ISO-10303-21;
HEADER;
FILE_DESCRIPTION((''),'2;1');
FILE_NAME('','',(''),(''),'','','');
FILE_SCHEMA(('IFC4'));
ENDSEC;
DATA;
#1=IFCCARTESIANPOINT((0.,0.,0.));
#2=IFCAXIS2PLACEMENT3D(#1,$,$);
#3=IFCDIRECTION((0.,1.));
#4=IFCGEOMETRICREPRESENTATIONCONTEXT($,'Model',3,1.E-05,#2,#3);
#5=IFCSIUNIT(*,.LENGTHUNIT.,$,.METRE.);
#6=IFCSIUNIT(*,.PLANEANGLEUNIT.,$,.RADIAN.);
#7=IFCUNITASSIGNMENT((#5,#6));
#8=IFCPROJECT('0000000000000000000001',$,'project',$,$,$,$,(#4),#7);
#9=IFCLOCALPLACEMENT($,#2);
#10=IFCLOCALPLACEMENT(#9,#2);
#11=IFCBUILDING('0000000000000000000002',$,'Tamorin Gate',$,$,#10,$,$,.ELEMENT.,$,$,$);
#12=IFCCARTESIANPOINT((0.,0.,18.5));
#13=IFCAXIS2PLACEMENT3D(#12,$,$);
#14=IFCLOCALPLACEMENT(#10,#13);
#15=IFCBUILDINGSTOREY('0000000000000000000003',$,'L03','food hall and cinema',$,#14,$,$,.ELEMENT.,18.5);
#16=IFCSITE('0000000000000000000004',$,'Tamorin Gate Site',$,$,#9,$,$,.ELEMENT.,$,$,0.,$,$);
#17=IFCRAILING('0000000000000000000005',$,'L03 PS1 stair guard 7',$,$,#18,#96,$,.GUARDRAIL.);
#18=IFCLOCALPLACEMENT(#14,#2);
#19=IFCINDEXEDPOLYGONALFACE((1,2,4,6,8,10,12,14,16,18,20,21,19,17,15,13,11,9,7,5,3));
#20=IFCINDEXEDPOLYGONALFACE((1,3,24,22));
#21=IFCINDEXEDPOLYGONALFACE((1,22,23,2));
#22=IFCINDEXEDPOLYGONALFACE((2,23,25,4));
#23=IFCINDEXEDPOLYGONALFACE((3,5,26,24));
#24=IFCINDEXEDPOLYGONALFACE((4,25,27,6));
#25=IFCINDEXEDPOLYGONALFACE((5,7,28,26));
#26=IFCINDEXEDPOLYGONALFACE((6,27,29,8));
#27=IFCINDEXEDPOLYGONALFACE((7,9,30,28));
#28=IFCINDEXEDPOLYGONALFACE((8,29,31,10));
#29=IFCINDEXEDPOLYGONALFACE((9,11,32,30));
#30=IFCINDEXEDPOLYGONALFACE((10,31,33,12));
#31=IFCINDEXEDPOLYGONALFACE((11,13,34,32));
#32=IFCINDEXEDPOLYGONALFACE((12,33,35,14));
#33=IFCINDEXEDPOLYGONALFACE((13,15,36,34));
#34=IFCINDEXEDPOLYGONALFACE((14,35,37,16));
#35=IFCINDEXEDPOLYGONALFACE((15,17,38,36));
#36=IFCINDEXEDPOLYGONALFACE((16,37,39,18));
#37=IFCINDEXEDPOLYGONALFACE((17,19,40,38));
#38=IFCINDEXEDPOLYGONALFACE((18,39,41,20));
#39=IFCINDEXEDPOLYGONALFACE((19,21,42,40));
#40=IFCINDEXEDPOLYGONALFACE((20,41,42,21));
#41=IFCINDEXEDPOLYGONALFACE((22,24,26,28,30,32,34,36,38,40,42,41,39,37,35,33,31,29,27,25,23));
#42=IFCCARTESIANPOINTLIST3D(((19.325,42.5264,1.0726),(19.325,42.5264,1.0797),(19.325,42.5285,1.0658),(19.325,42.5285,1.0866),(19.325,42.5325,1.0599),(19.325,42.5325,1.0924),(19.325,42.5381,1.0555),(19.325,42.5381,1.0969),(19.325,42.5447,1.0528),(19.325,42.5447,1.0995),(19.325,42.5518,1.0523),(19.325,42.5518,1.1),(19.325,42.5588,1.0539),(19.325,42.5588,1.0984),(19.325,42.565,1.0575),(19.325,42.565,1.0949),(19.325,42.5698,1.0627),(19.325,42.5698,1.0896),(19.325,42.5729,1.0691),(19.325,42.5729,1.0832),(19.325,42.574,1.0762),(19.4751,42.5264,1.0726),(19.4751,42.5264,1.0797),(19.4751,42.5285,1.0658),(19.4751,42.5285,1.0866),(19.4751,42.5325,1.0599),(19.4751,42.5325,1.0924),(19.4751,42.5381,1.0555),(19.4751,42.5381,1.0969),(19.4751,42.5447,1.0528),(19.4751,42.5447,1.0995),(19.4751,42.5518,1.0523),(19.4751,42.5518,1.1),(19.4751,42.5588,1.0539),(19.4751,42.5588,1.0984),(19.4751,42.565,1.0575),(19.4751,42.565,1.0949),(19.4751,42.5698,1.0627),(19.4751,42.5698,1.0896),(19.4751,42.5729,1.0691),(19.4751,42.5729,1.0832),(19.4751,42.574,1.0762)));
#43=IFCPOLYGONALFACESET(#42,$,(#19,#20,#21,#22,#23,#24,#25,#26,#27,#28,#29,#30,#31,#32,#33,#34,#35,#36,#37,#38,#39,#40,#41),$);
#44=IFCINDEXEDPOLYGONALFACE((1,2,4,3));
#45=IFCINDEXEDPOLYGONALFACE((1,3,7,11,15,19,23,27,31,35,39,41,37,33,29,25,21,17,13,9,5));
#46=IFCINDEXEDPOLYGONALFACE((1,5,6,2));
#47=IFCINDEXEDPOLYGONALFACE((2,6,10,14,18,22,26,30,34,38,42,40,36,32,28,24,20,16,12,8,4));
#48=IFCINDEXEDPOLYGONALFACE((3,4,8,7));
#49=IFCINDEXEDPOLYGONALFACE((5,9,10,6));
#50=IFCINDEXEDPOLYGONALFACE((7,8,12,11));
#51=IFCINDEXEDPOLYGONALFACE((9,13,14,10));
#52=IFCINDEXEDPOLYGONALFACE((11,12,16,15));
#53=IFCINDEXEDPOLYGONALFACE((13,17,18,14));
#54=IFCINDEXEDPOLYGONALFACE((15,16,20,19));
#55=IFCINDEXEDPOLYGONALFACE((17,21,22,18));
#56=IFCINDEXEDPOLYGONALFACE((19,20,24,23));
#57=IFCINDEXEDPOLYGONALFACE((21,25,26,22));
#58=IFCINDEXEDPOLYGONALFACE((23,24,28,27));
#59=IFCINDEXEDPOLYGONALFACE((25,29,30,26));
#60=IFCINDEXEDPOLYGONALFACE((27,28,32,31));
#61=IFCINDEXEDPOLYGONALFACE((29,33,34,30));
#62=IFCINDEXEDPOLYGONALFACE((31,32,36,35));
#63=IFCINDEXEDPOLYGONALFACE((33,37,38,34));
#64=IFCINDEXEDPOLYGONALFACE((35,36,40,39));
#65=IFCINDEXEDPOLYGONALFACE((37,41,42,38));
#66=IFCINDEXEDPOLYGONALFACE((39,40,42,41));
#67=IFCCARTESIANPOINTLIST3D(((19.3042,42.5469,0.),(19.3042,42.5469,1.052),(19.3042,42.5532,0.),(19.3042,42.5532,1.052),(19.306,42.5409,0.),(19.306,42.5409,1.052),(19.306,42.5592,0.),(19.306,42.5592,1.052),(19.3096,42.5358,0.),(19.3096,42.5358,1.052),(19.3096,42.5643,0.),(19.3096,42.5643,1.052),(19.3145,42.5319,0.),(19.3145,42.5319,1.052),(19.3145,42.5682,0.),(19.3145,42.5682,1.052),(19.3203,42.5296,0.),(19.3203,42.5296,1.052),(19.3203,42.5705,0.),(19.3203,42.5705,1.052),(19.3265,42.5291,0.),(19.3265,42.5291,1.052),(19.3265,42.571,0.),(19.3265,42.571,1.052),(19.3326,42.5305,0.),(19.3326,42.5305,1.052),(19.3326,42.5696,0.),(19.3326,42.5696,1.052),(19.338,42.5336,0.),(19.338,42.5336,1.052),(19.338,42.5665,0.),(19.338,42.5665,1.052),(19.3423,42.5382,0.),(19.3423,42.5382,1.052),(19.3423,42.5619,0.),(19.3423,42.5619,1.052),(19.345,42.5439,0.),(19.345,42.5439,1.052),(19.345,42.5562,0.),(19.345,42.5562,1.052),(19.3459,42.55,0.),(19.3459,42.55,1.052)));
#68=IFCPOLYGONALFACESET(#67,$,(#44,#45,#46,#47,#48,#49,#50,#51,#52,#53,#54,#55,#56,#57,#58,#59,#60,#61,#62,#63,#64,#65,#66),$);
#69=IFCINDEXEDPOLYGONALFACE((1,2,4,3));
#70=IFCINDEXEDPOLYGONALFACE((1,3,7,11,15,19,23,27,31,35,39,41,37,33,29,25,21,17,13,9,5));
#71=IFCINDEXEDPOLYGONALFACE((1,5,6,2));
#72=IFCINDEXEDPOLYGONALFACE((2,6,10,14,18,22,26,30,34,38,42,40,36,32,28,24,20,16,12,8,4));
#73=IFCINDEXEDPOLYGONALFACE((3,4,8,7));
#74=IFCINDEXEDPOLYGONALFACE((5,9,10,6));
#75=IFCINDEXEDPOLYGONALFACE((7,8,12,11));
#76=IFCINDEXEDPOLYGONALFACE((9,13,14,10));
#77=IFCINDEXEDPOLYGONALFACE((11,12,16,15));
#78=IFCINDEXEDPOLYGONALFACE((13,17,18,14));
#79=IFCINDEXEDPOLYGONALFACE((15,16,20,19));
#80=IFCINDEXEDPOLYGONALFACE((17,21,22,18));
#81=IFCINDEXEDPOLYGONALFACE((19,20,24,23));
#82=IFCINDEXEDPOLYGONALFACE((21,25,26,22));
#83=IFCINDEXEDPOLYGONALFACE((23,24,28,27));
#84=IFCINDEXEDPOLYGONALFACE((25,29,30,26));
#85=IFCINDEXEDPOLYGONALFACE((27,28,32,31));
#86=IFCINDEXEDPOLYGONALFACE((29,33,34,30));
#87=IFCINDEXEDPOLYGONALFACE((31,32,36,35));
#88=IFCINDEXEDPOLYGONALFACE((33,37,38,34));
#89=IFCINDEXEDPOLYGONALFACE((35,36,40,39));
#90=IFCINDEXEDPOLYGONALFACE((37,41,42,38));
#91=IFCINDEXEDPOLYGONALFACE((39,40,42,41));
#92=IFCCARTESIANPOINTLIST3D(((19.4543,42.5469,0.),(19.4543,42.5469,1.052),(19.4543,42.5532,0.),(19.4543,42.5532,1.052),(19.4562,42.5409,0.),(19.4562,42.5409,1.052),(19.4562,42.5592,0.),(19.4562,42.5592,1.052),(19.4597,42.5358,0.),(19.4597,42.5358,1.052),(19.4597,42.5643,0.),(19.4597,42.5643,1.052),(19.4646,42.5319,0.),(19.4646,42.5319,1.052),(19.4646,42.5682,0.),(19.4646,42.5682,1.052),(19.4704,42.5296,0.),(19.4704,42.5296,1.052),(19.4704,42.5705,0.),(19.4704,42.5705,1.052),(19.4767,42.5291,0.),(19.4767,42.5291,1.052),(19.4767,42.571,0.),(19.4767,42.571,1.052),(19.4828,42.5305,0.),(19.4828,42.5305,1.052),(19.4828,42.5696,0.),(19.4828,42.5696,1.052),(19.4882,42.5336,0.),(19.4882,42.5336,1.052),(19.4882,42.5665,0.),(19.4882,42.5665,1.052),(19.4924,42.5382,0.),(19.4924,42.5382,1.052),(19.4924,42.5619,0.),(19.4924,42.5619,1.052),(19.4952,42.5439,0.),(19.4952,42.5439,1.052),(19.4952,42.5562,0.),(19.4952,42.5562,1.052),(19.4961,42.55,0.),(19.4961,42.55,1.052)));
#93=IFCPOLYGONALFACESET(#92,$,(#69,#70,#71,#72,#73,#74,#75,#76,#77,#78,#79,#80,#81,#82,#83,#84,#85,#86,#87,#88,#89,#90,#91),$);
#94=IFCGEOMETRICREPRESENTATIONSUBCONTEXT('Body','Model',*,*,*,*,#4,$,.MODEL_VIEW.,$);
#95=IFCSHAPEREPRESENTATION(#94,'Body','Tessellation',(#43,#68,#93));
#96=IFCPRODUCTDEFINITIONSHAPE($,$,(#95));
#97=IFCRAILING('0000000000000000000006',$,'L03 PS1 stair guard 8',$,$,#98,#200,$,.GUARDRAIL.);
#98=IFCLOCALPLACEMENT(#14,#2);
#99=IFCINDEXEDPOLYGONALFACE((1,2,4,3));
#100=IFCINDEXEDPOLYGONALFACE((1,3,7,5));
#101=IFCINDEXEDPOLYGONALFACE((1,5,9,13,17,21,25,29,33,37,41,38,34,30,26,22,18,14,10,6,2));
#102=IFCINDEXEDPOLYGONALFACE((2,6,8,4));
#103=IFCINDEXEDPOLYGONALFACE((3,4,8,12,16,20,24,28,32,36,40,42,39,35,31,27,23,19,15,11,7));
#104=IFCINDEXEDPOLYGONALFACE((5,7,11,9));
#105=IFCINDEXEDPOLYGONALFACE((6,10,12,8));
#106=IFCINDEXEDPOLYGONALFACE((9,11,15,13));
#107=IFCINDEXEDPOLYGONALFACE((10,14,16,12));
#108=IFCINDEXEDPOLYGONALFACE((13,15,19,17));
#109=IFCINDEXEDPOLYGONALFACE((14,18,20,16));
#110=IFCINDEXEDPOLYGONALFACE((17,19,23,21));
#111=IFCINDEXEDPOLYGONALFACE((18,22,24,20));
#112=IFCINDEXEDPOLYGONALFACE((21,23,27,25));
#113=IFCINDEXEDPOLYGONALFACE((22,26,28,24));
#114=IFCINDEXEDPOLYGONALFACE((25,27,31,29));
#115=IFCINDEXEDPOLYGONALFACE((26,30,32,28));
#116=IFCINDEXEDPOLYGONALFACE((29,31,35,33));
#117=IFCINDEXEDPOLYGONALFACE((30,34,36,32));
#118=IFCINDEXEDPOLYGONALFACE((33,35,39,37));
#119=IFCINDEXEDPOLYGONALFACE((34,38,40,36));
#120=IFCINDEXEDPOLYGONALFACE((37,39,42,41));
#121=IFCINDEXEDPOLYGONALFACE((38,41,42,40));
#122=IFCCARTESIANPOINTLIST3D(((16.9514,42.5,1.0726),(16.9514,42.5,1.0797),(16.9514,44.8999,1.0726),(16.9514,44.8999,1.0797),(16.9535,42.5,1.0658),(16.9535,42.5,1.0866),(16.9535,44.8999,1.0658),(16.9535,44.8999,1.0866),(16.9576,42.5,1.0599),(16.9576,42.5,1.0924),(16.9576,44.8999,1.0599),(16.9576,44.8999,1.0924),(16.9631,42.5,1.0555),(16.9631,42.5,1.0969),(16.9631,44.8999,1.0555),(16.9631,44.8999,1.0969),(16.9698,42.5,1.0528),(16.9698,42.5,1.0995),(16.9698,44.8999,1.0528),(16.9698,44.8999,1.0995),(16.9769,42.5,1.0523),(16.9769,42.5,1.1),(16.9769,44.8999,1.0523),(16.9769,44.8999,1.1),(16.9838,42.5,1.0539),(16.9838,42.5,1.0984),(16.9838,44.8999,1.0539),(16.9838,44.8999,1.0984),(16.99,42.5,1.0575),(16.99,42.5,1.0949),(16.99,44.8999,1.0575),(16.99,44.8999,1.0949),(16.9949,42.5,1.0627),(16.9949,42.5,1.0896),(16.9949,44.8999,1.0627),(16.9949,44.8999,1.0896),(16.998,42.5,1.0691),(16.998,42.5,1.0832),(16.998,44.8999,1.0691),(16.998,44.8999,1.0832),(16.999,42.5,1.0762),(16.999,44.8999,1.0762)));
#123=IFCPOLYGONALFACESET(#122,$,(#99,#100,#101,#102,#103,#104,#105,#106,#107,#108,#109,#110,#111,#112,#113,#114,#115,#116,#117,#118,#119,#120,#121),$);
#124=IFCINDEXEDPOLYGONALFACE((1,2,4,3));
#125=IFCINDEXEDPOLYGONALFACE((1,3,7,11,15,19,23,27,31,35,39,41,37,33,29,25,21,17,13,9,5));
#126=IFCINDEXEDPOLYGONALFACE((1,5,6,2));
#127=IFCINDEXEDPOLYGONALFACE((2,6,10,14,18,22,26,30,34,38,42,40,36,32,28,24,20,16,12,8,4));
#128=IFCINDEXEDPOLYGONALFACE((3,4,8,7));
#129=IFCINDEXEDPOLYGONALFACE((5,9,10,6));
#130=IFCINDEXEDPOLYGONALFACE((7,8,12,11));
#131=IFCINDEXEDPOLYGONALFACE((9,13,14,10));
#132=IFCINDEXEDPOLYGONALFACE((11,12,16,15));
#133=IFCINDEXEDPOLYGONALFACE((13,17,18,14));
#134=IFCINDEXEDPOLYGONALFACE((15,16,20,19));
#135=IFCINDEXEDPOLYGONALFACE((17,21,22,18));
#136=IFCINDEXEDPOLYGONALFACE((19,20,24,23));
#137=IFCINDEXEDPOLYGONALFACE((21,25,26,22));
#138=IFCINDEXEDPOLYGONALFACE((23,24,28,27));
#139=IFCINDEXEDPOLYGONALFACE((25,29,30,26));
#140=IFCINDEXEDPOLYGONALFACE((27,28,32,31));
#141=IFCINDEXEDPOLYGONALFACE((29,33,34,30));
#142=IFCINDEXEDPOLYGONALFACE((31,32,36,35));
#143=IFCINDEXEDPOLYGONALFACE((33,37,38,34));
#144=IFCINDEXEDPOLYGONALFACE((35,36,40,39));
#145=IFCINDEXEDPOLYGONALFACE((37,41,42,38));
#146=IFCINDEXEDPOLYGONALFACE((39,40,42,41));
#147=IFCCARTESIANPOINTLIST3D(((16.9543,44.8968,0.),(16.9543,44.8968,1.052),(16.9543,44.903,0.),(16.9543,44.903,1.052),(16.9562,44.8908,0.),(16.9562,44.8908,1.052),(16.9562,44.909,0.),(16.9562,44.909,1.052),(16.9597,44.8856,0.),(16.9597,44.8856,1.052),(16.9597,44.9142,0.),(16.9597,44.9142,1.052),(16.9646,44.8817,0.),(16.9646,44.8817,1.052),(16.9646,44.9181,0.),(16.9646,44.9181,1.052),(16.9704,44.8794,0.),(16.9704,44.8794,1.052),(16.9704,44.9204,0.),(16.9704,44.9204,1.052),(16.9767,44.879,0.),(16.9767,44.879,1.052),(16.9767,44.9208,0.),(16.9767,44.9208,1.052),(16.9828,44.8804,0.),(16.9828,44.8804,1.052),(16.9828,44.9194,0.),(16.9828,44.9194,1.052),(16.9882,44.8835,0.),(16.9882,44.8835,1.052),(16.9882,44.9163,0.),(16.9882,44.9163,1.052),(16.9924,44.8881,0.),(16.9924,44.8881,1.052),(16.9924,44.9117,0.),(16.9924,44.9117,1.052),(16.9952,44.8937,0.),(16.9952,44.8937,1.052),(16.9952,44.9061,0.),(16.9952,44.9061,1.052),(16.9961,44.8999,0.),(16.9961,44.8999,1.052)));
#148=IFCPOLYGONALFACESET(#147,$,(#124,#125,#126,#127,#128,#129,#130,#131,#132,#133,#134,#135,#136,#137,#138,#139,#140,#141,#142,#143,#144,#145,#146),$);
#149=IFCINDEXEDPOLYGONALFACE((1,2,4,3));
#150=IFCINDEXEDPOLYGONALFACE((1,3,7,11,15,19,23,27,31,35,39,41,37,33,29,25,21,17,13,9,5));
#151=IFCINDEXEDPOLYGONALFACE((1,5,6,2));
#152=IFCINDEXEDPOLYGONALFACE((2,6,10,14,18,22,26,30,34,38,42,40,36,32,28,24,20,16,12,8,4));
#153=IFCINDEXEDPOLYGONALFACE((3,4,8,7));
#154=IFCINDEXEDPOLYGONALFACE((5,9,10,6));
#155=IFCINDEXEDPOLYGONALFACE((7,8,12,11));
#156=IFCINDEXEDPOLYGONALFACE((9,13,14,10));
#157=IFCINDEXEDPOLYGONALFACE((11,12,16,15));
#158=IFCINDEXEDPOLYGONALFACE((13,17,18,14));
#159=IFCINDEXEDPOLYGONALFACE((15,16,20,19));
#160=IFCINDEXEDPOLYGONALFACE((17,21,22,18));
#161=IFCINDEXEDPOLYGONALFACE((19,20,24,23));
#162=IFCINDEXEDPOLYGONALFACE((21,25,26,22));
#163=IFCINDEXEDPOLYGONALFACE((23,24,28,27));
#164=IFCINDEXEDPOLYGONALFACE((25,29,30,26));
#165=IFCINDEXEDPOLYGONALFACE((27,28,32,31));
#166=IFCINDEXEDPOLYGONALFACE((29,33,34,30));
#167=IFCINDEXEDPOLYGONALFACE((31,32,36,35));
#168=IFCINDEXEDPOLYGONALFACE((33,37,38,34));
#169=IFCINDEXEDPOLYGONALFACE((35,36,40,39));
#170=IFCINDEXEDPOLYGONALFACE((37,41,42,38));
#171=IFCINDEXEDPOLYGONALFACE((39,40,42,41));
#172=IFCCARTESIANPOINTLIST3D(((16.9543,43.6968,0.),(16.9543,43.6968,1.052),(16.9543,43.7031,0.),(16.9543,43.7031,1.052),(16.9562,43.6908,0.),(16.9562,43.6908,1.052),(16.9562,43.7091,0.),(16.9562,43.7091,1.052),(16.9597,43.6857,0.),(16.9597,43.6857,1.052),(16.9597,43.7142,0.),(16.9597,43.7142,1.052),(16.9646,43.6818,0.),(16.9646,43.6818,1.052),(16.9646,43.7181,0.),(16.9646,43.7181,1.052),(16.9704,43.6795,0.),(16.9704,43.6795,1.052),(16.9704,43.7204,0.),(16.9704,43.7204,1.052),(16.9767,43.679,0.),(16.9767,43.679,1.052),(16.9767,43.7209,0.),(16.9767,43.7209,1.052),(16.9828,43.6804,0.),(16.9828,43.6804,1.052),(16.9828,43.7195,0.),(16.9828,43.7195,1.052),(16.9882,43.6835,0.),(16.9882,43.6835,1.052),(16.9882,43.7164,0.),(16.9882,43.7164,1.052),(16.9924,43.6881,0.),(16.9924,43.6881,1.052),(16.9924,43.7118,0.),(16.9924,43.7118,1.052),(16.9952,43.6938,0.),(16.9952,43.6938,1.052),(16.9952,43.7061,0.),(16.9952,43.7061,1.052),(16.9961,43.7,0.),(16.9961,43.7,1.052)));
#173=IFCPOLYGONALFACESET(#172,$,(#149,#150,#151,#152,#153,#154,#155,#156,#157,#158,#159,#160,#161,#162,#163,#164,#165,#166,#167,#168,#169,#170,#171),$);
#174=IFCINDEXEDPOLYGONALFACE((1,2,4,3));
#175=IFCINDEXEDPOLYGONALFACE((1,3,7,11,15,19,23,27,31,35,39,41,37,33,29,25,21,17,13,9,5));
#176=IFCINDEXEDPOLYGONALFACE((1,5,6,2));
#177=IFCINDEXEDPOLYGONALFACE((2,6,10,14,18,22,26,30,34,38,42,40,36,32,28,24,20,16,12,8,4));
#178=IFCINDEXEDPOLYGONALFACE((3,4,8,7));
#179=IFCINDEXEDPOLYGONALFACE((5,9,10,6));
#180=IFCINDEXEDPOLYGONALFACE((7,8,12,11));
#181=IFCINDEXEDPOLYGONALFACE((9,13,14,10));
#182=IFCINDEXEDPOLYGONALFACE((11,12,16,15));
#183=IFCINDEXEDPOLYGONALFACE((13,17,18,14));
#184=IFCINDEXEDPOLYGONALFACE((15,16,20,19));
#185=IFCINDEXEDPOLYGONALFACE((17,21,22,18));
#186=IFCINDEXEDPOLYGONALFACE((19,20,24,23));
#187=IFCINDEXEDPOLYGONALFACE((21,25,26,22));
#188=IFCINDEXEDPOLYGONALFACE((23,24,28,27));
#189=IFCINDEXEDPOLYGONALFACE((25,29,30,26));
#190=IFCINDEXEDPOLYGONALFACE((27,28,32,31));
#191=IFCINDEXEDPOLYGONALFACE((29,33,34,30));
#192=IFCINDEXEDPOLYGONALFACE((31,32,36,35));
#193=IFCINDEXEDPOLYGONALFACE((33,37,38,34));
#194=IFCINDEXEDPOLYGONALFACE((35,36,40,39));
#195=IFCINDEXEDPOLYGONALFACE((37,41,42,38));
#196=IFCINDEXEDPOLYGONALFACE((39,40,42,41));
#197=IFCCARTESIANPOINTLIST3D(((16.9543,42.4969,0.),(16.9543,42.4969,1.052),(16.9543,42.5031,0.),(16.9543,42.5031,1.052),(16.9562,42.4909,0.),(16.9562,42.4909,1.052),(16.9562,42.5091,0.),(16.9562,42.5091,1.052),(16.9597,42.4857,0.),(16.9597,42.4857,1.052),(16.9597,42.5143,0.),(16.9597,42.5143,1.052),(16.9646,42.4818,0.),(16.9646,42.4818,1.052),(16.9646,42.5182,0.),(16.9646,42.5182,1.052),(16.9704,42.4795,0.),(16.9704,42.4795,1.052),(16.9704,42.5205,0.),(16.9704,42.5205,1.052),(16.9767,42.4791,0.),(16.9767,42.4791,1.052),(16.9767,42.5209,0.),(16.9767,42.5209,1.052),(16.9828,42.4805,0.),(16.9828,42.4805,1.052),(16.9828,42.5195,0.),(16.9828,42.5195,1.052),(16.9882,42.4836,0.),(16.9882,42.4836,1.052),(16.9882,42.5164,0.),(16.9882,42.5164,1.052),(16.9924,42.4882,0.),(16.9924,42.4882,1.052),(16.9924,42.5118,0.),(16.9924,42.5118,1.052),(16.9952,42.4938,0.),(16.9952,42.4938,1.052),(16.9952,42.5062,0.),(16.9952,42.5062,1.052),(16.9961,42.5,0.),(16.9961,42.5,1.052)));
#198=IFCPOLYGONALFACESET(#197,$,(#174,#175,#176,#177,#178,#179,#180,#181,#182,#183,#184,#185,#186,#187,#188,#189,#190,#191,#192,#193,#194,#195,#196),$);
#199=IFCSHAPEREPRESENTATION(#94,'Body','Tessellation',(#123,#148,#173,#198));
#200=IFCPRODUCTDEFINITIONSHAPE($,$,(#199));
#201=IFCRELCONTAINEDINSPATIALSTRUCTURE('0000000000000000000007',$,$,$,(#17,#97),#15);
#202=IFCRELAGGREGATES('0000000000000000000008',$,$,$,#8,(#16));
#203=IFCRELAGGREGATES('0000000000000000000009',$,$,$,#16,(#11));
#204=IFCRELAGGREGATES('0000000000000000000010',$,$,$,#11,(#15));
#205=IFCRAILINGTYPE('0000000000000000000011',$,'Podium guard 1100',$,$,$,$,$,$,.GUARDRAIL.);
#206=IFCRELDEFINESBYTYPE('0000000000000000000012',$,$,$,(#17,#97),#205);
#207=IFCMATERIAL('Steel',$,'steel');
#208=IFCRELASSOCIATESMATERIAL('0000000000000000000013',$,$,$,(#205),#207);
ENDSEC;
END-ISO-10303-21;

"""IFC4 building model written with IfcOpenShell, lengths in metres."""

from ifc_helpers import new_model, si_unit, direction, frame, origin, origin_2d, place, context, subcontext, project, spatial, circle, extrude, material, type_object, element, save


model = new_model("IFC4")

# Units and contexts
model_context = context("Model", 3, precision=1e-05, world=origin(), true_north=direction((0.0, 1.0)))
body_context = subcontext(model_context, "Body", "Model", "MODEL_VIEW")
ifc_project = project(units=[si_unit("LENGTHUNIT", "METRE"), si_unit("PLANEANGLEUNIT", "RADIAN")], contexts=[model_context])

# Site, building, storey
site_placement = place(None, origin())
site = spatial("IfcSite", under=ifc_project, at=site_placement, Name="Tamorin Gate Site", CompositionType="ELEMENT", RefElevation=0.0)
building_placement = place(site_placement, origin())
building = spatial("IfcBuilding", under=site, at=building_placement, Name="Tamorin Gate", CompositionType="ELEMENT")
storey_placement = place(building_placement, frame((0.0, 0.0, 18.5)))
storey = spatial("IfcBuildingStorey", under=building, at=storey_placement, Name="L03", Description="food hall and cinema", CompositionType="ELEMENT", Elevation=18.5)

# Railings
ifc_material_1 = material(Name="Steel", Category="steel")
railing_type_1 = type_object("IfcRailingType", Name="Podium guard 1100", PredefinedType="GUARDRAIL", material=ifc_material_1)
railing_1_placement = place(storey_placement, frame((19.325, 42.55, 0.0)))
element("IfcRailing", 1, at=railing_1_placement, inside=storey, type_object=railing_type_1, Name="L03 PS1 stair guard 7", PredefinedType="GUARDRAIL", context=body_context, shape_type="SweptSolid", body=[
    extrude(circle(Radius=0.0239, at=origin_2d()), frame((0.0, 0.0, 1.0762), z_axis=(1.0, 0.0, 0.0), x_axis=(0.0, 1.0, 0.0)), (0.0, 0.0, 1.0), 0.1501),
    extrude(circle(Radius=0.021, at=origin_2d()), origin(), (0.0, 0.0, 1.0), 1.052),
    extrude(circle(Radius=0.021, at=origin_2d()), frame((0.1501, 0.0, 0.0)), (0.0, 0.0, 1.0), 1.052),
])
for number, where, name in (
    (2, (16.9751, 44.8999, 0.0), "L03 PS1 stair guard 8"),
):
    element("IfcRailing", number, at=place(storey_placement, frame(where)), inside=storey, type_object=railing_type_1, Name=name, PredefinedType="GUARDRAIL", context=body_context, shape_type="SweptSolid", body=[
        extrude(circle(Radius=0.0239, at=origin_2d()), frame((0.0, 0.0, 1.0762), z_axis=(0.0, -1.0, 0.0), x_axis=(1.0, 0.0, 0.0)), (0.0, 0.0, 1.0), 2.3999),
        extrude(circle(Radius=0.021, at=origin_2d()), origin(), (0.0, 0.0, 1.0), 1.052),
        extrude(circle(Radius=0.021, at=origin_2d()), frame((0.0, -1.2, 0.0)), (0.0, 0.0, 1.0), 1.052),
        extrude(circle(Radius=0.021, at=origin_2d()), frame((0.0, -2.3999, 0.0)), (0.0, 0.0, 1.0), 1.052),
    ])

save(model, "model.ifc")
